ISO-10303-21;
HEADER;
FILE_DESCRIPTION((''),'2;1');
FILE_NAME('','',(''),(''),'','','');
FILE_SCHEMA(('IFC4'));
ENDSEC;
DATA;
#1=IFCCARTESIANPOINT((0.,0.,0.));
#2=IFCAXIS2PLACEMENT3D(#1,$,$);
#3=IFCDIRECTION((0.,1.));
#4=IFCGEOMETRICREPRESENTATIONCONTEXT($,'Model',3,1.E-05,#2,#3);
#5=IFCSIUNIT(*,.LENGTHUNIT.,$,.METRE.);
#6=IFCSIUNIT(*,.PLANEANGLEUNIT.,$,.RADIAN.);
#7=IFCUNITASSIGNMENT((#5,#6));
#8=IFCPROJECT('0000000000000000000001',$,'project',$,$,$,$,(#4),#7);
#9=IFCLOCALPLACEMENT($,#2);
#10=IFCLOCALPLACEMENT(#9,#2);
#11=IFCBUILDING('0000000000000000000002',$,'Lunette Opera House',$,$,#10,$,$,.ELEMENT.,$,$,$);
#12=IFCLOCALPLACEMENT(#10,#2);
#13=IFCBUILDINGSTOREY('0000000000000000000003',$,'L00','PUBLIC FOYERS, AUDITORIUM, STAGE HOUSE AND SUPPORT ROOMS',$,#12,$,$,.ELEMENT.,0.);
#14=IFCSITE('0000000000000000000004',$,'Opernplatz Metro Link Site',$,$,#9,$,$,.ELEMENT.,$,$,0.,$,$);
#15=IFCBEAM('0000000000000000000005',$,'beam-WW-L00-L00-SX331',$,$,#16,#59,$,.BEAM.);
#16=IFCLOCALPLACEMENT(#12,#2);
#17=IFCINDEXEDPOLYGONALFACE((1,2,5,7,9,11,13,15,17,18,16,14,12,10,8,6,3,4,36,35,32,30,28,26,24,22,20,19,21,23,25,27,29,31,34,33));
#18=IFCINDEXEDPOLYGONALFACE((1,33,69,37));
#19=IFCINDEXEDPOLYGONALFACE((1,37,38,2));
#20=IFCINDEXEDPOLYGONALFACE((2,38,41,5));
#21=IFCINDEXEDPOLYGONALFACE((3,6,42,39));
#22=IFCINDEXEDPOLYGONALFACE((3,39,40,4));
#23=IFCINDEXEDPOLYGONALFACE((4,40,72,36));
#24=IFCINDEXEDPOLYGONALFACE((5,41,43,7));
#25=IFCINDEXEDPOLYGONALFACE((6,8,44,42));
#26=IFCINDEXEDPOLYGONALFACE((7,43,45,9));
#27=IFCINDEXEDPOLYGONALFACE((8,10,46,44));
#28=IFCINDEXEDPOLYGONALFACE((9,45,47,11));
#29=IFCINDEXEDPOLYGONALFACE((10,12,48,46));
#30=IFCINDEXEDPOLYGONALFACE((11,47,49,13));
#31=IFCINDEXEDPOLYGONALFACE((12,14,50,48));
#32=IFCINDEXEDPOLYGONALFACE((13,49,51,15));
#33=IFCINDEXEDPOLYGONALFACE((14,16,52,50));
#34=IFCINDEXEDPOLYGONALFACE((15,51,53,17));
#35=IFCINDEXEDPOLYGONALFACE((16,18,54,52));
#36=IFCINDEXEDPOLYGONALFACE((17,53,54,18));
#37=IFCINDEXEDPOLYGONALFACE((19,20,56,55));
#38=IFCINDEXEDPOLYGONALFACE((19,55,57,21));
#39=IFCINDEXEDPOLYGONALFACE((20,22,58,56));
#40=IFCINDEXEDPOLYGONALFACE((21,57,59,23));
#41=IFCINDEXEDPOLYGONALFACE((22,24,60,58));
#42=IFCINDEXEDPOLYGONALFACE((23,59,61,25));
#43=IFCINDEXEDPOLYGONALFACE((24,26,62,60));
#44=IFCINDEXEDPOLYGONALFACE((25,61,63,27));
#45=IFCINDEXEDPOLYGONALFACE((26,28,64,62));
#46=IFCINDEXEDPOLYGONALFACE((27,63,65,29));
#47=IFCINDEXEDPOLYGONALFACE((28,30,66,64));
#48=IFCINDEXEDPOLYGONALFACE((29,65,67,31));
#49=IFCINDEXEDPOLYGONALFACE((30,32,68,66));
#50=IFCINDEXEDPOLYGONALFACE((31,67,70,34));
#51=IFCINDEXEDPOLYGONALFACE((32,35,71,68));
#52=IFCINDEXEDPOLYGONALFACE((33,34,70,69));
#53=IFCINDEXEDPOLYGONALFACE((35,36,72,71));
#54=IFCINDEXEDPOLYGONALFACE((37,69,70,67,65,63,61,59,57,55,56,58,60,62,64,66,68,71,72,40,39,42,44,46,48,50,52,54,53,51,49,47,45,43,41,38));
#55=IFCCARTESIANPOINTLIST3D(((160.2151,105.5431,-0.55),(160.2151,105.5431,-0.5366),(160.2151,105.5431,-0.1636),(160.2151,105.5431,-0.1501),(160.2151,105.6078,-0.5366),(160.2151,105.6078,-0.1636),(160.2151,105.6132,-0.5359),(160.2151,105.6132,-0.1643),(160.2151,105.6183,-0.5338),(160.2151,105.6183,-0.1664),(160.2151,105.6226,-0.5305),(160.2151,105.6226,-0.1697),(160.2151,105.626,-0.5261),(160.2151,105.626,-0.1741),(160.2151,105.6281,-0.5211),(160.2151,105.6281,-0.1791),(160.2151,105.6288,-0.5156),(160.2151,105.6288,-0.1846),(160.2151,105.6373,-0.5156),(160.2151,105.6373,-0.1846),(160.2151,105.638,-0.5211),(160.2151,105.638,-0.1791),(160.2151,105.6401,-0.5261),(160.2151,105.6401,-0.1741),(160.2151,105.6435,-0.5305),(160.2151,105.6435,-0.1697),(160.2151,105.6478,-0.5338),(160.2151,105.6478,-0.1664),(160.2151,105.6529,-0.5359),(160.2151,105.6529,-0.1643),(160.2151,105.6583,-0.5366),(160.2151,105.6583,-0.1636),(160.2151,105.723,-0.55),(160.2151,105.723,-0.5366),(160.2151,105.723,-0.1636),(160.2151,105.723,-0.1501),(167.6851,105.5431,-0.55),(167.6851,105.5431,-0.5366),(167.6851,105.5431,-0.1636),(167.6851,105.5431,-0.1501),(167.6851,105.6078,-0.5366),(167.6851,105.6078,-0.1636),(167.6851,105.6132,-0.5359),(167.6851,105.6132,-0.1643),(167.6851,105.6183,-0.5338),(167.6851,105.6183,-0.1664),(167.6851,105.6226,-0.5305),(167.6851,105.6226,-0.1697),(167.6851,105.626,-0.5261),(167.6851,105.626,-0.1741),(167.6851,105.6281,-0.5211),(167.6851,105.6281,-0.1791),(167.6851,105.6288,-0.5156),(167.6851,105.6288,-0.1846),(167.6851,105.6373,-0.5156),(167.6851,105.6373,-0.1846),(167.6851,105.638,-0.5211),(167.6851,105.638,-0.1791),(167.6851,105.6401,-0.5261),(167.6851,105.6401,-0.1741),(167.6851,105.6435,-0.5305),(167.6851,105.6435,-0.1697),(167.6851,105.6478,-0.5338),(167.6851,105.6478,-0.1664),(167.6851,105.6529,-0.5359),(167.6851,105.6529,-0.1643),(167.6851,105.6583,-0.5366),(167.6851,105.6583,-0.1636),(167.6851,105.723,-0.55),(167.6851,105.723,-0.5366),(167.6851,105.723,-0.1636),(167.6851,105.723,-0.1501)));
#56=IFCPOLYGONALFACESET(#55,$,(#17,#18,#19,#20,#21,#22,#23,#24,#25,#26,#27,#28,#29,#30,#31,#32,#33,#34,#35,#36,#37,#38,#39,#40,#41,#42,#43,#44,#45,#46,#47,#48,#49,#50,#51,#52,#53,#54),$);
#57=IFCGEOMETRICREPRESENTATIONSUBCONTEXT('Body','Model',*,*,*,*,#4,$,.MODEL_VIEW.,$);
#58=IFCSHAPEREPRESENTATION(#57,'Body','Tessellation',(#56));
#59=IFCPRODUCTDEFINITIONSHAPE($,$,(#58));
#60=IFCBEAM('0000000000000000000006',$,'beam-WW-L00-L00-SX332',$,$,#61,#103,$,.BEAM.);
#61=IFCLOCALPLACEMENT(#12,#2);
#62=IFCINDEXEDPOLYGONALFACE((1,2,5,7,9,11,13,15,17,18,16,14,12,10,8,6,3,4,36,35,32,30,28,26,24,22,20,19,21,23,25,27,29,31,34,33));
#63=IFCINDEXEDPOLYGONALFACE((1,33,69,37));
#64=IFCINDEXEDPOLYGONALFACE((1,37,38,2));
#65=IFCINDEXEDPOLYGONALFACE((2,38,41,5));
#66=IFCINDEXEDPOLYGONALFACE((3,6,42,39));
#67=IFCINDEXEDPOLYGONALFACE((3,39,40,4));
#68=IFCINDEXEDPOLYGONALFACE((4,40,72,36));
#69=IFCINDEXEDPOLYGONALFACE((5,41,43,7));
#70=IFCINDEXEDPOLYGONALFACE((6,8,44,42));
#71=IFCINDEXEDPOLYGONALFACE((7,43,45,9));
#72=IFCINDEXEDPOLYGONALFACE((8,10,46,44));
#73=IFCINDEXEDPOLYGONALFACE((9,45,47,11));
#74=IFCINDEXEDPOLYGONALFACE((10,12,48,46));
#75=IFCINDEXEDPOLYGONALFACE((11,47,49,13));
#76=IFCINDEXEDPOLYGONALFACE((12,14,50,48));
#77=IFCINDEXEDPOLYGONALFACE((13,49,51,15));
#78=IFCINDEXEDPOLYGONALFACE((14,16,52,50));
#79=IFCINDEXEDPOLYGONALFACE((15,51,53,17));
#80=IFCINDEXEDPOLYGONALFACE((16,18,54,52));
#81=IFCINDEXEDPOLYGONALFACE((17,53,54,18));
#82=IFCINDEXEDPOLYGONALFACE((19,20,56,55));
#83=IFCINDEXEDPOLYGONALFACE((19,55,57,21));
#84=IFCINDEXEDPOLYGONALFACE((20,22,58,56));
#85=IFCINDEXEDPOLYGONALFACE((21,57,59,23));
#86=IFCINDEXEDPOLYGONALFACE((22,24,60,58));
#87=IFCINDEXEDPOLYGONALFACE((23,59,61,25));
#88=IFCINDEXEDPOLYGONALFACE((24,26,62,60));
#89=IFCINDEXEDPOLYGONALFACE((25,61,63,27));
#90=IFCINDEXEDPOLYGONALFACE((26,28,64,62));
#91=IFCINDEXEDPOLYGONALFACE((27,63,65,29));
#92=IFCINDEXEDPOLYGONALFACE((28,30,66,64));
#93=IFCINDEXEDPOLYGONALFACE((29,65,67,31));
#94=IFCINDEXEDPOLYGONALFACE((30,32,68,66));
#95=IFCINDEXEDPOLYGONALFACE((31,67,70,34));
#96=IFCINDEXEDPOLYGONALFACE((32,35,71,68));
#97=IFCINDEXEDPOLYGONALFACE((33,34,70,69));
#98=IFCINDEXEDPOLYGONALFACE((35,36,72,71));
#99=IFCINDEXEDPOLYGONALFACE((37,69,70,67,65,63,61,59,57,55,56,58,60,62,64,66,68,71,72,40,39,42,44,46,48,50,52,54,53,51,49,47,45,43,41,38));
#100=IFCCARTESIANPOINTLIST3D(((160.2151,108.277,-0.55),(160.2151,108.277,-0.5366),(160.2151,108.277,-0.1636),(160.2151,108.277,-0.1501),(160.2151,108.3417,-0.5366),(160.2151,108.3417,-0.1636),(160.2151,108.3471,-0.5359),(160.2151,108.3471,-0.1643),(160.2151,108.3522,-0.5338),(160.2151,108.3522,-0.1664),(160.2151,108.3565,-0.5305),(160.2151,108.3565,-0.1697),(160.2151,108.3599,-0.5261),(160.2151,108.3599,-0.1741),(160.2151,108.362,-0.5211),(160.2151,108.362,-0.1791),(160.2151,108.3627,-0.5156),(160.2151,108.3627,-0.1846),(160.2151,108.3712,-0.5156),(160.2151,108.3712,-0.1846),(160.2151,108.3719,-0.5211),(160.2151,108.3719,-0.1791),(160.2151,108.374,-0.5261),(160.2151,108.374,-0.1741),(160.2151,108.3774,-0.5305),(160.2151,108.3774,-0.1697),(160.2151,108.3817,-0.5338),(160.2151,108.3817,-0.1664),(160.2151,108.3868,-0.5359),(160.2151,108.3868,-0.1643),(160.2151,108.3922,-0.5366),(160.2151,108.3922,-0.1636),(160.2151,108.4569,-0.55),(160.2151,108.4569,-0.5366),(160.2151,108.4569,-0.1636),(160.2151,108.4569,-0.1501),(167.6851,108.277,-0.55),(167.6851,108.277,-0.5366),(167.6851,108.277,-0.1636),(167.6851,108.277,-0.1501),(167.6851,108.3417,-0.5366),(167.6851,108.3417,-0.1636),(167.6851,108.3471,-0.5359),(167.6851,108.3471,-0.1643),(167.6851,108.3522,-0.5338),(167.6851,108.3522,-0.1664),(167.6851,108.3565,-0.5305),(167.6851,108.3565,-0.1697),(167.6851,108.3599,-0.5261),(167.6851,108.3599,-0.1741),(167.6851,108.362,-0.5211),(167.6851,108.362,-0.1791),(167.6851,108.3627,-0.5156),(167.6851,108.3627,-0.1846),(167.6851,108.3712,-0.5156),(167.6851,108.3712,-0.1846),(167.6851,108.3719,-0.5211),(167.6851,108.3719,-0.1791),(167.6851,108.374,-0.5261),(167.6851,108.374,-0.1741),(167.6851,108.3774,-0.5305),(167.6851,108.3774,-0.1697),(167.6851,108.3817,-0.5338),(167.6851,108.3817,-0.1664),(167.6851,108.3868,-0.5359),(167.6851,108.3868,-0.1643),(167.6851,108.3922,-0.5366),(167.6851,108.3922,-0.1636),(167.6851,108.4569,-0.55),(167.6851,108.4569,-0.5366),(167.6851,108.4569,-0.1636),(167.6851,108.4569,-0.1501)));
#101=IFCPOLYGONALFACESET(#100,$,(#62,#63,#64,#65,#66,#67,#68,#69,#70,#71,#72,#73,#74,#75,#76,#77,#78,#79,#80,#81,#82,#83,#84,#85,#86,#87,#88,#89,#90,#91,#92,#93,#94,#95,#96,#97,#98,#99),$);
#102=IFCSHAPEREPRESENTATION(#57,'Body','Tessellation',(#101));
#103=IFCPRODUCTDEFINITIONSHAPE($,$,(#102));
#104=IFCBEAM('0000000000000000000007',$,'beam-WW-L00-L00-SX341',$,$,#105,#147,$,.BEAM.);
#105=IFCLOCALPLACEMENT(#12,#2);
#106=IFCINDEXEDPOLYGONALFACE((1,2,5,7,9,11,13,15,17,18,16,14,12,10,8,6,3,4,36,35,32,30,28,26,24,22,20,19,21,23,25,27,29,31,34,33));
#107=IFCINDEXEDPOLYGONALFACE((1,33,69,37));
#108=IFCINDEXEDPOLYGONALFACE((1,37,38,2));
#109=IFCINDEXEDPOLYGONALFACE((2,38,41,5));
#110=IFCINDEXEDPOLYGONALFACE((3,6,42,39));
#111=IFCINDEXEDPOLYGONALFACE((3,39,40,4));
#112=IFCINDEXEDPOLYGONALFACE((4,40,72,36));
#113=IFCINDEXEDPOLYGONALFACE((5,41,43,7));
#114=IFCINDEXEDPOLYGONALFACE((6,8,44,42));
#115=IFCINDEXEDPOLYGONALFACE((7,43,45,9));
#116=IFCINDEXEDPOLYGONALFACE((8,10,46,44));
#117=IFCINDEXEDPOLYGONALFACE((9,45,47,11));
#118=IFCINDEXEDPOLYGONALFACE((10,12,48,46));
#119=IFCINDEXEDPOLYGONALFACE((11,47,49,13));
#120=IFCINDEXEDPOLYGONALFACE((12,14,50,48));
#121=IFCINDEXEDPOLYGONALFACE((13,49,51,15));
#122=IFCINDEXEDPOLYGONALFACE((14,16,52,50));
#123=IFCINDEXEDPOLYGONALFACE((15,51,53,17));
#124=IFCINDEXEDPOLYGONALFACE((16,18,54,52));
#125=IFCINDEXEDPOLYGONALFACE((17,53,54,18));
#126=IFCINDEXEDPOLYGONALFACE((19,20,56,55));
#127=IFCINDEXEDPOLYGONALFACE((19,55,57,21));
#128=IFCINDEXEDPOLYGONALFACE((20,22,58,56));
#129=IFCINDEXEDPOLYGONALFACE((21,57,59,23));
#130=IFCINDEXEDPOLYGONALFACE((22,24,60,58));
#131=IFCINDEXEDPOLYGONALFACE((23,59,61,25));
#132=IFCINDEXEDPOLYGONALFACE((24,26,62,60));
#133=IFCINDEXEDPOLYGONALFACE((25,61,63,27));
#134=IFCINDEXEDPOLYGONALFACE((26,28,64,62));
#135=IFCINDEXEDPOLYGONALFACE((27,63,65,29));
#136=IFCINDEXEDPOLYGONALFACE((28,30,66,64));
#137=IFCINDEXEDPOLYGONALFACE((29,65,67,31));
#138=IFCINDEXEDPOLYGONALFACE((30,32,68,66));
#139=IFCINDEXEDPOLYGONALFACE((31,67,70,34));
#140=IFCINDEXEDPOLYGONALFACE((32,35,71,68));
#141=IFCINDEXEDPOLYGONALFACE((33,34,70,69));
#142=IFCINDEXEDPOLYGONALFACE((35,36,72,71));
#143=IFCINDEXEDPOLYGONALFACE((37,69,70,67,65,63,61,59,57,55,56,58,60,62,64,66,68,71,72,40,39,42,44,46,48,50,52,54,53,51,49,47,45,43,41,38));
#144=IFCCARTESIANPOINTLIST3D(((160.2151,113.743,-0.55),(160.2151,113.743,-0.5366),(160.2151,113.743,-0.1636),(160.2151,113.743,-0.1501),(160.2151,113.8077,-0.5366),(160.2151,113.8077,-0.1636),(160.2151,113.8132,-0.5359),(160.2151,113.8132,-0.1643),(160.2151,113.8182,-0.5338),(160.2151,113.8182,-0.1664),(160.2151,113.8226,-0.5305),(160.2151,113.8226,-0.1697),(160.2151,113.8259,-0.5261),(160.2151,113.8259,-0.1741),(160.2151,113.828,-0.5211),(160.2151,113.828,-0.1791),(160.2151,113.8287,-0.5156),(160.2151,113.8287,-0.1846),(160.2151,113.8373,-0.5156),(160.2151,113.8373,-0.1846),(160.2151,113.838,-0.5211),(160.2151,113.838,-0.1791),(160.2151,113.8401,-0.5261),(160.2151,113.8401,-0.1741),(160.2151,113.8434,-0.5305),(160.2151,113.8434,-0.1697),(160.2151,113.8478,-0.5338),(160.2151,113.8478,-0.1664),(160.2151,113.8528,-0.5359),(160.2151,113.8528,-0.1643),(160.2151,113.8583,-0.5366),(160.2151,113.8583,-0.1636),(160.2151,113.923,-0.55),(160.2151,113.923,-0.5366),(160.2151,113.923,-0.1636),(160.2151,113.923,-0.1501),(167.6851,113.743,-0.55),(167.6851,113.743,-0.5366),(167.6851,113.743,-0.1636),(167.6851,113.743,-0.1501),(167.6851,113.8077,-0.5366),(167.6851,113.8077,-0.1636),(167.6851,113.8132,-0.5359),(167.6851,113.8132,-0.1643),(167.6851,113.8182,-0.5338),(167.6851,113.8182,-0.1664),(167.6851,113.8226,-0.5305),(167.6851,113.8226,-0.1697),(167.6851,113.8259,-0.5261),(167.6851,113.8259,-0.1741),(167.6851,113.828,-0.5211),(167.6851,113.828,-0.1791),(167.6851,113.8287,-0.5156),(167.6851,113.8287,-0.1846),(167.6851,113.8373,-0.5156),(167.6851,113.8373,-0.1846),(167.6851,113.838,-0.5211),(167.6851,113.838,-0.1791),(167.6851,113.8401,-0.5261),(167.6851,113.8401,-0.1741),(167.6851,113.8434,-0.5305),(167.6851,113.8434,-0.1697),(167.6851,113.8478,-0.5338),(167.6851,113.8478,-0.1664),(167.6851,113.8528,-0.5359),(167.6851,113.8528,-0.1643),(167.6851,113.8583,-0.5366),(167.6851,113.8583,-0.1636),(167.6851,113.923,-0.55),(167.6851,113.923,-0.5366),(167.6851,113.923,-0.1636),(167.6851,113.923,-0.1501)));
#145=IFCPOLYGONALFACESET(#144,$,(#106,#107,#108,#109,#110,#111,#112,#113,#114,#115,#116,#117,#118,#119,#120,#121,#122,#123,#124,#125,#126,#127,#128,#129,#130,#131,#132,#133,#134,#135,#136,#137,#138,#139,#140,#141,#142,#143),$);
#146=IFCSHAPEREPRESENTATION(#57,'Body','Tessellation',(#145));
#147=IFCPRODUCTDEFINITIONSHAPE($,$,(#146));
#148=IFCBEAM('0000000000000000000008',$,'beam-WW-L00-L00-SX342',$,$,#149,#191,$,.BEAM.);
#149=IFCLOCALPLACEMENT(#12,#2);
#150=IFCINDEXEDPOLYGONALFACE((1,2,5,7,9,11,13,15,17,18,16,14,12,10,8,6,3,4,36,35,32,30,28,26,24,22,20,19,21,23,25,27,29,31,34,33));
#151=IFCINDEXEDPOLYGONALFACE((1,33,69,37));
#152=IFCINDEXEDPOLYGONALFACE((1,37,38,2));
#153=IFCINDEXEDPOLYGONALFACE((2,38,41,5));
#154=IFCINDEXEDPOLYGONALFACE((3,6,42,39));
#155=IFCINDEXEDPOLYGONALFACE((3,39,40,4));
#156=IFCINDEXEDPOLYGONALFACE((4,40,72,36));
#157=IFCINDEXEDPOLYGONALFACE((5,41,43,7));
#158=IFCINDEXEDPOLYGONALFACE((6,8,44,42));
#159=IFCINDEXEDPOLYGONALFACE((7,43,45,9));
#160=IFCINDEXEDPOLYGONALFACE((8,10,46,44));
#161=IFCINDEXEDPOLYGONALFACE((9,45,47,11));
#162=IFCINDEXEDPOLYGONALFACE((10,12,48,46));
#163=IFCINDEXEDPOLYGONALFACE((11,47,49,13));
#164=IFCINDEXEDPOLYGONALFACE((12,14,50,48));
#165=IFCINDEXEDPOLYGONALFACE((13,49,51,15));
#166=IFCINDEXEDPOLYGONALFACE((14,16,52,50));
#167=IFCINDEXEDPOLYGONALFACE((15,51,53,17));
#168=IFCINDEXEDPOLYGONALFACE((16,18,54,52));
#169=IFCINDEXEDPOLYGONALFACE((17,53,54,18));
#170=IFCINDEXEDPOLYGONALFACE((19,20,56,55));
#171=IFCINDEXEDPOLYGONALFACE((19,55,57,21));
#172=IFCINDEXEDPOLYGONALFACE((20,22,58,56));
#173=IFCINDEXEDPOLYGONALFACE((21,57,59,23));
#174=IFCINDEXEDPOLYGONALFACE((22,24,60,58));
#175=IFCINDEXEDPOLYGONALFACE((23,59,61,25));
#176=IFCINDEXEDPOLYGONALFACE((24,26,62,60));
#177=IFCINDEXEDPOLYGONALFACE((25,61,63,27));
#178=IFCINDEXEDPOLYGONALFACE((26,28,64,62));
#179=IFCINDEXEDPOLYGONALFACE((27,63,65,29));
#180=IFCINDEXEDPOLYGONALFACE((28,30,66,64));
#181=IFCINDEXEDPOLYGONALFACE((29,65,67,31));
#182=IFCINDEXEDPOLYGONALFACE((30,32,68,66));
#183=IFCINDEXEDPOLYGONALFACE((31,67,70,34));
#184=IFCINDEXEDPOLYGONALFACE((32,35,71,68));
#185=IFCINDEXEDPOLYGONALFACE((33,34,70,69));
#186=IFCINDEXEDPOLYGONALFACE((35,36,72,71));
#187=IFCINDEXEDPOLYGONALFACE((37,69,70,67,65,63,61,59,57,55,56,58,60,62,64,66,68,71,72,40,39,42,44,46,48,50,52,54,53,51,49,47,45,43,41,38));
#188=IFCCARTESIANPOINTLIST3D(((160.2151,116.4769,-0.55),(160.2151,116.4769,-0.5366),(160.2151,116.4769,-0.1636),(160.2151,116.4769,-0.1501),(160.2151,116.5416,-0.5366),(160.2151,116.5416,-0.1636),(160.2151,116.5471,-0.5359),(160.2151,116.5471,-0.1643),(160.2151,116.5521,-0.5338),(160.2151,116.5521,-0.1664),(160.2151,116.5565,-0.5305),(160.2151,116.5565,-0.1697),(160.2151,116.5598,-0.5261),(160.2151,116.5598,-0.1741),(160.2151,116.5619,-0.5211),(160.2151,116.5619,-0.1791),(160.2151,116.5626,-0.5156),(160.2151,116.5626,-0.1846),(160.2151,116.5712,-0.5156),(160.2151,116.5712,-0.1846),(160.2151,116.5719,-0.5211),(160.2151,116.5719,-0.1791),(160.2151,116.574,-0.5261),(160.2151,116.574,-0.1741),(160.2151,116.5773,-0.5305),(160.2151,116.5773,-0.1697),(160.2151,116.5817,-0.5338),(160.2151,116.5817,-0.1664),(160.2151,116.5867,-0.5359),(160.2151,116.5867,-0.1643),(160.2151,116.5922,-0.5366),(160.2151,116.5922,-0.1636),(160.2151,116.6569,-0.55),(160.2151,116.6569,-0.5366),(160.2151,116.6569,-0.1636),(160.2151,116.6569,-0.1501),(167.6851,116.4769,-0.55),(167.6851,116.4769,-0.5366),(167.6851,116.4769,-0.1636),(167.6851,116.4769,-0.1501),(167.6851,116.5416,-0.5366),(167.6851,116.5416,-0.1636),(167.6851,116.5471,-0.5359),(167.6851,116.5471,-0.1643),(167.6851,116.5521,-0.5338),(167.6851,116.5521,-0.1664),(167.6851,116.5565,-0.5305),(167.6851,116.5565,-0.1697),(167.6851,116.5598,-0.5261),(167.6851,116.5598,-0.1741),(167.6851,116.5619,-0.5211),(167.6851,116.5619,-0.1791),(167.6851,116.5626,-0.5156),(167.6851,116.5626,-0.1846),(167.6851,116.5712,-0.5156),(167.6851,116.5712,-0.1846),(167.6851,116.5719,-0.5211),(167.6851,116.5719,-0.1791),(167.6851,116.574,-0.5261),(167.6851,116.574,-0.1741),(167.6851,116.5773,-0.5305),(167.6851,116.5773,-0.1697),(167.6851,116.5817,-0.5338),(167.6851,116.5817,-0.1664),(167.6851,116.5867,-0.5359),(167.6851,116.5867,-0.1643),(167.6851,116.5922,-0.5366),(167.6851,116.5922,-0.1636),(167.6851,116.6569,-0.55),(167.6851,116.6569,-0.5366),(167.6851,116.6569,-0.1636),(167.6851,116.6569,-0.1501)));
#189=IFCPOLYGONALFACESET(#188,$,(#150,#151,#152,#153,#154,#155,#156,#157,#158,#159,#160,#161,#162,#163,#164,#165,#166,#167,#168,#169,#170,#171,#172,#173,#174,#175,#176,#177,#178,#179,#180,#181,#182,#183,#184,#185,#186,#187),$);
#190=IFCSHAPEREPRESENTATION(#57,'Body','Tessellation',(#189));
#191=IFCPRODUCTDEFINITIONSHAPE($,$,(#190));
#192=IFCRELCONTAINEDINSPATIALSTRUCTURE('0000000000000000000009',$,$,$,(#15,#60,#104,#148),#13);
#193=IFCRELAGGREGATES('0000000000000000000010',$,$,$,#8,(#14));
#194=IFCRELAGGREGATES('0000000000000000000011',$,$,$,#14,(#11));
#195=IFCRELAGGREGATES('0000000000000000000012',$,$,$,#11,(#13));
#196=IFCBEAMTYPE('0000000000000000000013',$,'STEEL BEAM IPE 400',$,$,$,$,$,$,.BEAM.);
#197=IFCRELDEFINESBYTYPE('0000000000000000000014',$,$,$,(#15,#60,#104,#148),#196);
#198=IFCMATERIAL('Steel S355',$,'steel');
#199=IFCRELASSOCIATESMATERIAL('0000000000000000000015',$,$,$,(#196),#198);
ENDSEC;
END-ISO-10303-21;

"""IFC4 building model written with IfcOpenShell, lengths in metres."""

from ifc_helpers import new_model, si_unit, direction, frame, origin, origin_2d, place, context, subcontext, project, spatial, i_section, extrude, material, material_profile, profile_set, type_object, element, save


model = new_model("IFC4")

# Units and contexts
model_context = context("Model", 3, precision=1e-05, world=origin(), true_north=direction((0.0, 1.0)))
body_context = subcontext(model_context, "Body", "Model", "MODEL_VIEW")
ifc_project = project(units=[si_unit("LENGTHUNIT", "METRE"), si_unit("PLANEANGLEUNIT", "RADIAN")], contexts=[model_context])

# Site, building, storey
site_placement = place(None, origin())
site = spatial("IfcSite", under=ifc_project, at=site_placement, Name="Opernplatz Metro Link Site", CompositionType="ELEMENT", RefElevation=0.0)
building_placement = place(site_placement, origin())
building = spatial("IfcBuilding", under=site, at=building_placement, Name="Lunette Opera House", CompositionType="ELEMENT")
storey_placement = place(building_placement, origin())
storey = spatial("IfcBuildingStorey", under=building, at=storey_placement, Name="L00", Description="PUBLIC FOYERS, AUDITORIUM, STAGE HOUSE AND SUPPORT ROOMS", CompositionType="ELEMENT", Elevation=0.0)

# Beams
ifc_material_1 = material(Name="Steel S355", Category="steel")
ifc_material_profile_1 = material_profile(ifc_material_1, i_section(OverallWidth=0.1799, OverallDepth=0.3999, WebThickness=0.0085, FlangeThickness=0.0134, FilletRadius=0.021, at=origin_2d()), Name="IPE 400")
ifc_profile_set_1 = profile_set([ifc_material_profile_1], Name="Steel S355")
beam_type_1 = type_object("IfcBeamType", Name="STEEL BEAM IPE 400", PredefinedType="BEAM", material=ifc_profile_set_1)
for number, where, z_axis, x_axis, name in (
    (1, (160.2151, 105.6331, -0.3501), (1.0, 0.0, 0.0), (0.0, 1.0, 0.0), "beam-WW-L00-L00-SX331"),
    (2, (160.2151, 108.3669, -0.3501), (1.0, 0.0, 0.0), (0.0, 1.0, 0.0), "beam-WW-L00-L00-SX332"),
    (3, (160.2151, 113.833, -0.3501), (1.0, 0.0, 0.0), (0.0, 1.0, 0.0), "beam-WW-L00-L00-SX341"),
    (4, (160.2151, 116.5669, -0.3501), (1.0, 0.0, 0.0), (0.0, 1.0, 0.0), "beam-WW-L00-L00-SX342"),
):
    element("IfcBeam", number, at=place(storey_placement, frame(where, z_axis=z_axis, x_axis=x_axis)), inside=storey, type_object=beam_type_1, Name=name, PredefinedType="BEAM", context=body_context, shape_type="SweptSolid", body=[
        extrude(i_section(OverallWidth=0.1799, OverallDepth=0.3999, WebThickness=0.0085, FlangeThickness=0.0134, FilletRadius=0.021, at=origin_2d()), origin(), (0.0, 0.0, 1.0), 7.47),
    ])

save(model, "model.ifc")
